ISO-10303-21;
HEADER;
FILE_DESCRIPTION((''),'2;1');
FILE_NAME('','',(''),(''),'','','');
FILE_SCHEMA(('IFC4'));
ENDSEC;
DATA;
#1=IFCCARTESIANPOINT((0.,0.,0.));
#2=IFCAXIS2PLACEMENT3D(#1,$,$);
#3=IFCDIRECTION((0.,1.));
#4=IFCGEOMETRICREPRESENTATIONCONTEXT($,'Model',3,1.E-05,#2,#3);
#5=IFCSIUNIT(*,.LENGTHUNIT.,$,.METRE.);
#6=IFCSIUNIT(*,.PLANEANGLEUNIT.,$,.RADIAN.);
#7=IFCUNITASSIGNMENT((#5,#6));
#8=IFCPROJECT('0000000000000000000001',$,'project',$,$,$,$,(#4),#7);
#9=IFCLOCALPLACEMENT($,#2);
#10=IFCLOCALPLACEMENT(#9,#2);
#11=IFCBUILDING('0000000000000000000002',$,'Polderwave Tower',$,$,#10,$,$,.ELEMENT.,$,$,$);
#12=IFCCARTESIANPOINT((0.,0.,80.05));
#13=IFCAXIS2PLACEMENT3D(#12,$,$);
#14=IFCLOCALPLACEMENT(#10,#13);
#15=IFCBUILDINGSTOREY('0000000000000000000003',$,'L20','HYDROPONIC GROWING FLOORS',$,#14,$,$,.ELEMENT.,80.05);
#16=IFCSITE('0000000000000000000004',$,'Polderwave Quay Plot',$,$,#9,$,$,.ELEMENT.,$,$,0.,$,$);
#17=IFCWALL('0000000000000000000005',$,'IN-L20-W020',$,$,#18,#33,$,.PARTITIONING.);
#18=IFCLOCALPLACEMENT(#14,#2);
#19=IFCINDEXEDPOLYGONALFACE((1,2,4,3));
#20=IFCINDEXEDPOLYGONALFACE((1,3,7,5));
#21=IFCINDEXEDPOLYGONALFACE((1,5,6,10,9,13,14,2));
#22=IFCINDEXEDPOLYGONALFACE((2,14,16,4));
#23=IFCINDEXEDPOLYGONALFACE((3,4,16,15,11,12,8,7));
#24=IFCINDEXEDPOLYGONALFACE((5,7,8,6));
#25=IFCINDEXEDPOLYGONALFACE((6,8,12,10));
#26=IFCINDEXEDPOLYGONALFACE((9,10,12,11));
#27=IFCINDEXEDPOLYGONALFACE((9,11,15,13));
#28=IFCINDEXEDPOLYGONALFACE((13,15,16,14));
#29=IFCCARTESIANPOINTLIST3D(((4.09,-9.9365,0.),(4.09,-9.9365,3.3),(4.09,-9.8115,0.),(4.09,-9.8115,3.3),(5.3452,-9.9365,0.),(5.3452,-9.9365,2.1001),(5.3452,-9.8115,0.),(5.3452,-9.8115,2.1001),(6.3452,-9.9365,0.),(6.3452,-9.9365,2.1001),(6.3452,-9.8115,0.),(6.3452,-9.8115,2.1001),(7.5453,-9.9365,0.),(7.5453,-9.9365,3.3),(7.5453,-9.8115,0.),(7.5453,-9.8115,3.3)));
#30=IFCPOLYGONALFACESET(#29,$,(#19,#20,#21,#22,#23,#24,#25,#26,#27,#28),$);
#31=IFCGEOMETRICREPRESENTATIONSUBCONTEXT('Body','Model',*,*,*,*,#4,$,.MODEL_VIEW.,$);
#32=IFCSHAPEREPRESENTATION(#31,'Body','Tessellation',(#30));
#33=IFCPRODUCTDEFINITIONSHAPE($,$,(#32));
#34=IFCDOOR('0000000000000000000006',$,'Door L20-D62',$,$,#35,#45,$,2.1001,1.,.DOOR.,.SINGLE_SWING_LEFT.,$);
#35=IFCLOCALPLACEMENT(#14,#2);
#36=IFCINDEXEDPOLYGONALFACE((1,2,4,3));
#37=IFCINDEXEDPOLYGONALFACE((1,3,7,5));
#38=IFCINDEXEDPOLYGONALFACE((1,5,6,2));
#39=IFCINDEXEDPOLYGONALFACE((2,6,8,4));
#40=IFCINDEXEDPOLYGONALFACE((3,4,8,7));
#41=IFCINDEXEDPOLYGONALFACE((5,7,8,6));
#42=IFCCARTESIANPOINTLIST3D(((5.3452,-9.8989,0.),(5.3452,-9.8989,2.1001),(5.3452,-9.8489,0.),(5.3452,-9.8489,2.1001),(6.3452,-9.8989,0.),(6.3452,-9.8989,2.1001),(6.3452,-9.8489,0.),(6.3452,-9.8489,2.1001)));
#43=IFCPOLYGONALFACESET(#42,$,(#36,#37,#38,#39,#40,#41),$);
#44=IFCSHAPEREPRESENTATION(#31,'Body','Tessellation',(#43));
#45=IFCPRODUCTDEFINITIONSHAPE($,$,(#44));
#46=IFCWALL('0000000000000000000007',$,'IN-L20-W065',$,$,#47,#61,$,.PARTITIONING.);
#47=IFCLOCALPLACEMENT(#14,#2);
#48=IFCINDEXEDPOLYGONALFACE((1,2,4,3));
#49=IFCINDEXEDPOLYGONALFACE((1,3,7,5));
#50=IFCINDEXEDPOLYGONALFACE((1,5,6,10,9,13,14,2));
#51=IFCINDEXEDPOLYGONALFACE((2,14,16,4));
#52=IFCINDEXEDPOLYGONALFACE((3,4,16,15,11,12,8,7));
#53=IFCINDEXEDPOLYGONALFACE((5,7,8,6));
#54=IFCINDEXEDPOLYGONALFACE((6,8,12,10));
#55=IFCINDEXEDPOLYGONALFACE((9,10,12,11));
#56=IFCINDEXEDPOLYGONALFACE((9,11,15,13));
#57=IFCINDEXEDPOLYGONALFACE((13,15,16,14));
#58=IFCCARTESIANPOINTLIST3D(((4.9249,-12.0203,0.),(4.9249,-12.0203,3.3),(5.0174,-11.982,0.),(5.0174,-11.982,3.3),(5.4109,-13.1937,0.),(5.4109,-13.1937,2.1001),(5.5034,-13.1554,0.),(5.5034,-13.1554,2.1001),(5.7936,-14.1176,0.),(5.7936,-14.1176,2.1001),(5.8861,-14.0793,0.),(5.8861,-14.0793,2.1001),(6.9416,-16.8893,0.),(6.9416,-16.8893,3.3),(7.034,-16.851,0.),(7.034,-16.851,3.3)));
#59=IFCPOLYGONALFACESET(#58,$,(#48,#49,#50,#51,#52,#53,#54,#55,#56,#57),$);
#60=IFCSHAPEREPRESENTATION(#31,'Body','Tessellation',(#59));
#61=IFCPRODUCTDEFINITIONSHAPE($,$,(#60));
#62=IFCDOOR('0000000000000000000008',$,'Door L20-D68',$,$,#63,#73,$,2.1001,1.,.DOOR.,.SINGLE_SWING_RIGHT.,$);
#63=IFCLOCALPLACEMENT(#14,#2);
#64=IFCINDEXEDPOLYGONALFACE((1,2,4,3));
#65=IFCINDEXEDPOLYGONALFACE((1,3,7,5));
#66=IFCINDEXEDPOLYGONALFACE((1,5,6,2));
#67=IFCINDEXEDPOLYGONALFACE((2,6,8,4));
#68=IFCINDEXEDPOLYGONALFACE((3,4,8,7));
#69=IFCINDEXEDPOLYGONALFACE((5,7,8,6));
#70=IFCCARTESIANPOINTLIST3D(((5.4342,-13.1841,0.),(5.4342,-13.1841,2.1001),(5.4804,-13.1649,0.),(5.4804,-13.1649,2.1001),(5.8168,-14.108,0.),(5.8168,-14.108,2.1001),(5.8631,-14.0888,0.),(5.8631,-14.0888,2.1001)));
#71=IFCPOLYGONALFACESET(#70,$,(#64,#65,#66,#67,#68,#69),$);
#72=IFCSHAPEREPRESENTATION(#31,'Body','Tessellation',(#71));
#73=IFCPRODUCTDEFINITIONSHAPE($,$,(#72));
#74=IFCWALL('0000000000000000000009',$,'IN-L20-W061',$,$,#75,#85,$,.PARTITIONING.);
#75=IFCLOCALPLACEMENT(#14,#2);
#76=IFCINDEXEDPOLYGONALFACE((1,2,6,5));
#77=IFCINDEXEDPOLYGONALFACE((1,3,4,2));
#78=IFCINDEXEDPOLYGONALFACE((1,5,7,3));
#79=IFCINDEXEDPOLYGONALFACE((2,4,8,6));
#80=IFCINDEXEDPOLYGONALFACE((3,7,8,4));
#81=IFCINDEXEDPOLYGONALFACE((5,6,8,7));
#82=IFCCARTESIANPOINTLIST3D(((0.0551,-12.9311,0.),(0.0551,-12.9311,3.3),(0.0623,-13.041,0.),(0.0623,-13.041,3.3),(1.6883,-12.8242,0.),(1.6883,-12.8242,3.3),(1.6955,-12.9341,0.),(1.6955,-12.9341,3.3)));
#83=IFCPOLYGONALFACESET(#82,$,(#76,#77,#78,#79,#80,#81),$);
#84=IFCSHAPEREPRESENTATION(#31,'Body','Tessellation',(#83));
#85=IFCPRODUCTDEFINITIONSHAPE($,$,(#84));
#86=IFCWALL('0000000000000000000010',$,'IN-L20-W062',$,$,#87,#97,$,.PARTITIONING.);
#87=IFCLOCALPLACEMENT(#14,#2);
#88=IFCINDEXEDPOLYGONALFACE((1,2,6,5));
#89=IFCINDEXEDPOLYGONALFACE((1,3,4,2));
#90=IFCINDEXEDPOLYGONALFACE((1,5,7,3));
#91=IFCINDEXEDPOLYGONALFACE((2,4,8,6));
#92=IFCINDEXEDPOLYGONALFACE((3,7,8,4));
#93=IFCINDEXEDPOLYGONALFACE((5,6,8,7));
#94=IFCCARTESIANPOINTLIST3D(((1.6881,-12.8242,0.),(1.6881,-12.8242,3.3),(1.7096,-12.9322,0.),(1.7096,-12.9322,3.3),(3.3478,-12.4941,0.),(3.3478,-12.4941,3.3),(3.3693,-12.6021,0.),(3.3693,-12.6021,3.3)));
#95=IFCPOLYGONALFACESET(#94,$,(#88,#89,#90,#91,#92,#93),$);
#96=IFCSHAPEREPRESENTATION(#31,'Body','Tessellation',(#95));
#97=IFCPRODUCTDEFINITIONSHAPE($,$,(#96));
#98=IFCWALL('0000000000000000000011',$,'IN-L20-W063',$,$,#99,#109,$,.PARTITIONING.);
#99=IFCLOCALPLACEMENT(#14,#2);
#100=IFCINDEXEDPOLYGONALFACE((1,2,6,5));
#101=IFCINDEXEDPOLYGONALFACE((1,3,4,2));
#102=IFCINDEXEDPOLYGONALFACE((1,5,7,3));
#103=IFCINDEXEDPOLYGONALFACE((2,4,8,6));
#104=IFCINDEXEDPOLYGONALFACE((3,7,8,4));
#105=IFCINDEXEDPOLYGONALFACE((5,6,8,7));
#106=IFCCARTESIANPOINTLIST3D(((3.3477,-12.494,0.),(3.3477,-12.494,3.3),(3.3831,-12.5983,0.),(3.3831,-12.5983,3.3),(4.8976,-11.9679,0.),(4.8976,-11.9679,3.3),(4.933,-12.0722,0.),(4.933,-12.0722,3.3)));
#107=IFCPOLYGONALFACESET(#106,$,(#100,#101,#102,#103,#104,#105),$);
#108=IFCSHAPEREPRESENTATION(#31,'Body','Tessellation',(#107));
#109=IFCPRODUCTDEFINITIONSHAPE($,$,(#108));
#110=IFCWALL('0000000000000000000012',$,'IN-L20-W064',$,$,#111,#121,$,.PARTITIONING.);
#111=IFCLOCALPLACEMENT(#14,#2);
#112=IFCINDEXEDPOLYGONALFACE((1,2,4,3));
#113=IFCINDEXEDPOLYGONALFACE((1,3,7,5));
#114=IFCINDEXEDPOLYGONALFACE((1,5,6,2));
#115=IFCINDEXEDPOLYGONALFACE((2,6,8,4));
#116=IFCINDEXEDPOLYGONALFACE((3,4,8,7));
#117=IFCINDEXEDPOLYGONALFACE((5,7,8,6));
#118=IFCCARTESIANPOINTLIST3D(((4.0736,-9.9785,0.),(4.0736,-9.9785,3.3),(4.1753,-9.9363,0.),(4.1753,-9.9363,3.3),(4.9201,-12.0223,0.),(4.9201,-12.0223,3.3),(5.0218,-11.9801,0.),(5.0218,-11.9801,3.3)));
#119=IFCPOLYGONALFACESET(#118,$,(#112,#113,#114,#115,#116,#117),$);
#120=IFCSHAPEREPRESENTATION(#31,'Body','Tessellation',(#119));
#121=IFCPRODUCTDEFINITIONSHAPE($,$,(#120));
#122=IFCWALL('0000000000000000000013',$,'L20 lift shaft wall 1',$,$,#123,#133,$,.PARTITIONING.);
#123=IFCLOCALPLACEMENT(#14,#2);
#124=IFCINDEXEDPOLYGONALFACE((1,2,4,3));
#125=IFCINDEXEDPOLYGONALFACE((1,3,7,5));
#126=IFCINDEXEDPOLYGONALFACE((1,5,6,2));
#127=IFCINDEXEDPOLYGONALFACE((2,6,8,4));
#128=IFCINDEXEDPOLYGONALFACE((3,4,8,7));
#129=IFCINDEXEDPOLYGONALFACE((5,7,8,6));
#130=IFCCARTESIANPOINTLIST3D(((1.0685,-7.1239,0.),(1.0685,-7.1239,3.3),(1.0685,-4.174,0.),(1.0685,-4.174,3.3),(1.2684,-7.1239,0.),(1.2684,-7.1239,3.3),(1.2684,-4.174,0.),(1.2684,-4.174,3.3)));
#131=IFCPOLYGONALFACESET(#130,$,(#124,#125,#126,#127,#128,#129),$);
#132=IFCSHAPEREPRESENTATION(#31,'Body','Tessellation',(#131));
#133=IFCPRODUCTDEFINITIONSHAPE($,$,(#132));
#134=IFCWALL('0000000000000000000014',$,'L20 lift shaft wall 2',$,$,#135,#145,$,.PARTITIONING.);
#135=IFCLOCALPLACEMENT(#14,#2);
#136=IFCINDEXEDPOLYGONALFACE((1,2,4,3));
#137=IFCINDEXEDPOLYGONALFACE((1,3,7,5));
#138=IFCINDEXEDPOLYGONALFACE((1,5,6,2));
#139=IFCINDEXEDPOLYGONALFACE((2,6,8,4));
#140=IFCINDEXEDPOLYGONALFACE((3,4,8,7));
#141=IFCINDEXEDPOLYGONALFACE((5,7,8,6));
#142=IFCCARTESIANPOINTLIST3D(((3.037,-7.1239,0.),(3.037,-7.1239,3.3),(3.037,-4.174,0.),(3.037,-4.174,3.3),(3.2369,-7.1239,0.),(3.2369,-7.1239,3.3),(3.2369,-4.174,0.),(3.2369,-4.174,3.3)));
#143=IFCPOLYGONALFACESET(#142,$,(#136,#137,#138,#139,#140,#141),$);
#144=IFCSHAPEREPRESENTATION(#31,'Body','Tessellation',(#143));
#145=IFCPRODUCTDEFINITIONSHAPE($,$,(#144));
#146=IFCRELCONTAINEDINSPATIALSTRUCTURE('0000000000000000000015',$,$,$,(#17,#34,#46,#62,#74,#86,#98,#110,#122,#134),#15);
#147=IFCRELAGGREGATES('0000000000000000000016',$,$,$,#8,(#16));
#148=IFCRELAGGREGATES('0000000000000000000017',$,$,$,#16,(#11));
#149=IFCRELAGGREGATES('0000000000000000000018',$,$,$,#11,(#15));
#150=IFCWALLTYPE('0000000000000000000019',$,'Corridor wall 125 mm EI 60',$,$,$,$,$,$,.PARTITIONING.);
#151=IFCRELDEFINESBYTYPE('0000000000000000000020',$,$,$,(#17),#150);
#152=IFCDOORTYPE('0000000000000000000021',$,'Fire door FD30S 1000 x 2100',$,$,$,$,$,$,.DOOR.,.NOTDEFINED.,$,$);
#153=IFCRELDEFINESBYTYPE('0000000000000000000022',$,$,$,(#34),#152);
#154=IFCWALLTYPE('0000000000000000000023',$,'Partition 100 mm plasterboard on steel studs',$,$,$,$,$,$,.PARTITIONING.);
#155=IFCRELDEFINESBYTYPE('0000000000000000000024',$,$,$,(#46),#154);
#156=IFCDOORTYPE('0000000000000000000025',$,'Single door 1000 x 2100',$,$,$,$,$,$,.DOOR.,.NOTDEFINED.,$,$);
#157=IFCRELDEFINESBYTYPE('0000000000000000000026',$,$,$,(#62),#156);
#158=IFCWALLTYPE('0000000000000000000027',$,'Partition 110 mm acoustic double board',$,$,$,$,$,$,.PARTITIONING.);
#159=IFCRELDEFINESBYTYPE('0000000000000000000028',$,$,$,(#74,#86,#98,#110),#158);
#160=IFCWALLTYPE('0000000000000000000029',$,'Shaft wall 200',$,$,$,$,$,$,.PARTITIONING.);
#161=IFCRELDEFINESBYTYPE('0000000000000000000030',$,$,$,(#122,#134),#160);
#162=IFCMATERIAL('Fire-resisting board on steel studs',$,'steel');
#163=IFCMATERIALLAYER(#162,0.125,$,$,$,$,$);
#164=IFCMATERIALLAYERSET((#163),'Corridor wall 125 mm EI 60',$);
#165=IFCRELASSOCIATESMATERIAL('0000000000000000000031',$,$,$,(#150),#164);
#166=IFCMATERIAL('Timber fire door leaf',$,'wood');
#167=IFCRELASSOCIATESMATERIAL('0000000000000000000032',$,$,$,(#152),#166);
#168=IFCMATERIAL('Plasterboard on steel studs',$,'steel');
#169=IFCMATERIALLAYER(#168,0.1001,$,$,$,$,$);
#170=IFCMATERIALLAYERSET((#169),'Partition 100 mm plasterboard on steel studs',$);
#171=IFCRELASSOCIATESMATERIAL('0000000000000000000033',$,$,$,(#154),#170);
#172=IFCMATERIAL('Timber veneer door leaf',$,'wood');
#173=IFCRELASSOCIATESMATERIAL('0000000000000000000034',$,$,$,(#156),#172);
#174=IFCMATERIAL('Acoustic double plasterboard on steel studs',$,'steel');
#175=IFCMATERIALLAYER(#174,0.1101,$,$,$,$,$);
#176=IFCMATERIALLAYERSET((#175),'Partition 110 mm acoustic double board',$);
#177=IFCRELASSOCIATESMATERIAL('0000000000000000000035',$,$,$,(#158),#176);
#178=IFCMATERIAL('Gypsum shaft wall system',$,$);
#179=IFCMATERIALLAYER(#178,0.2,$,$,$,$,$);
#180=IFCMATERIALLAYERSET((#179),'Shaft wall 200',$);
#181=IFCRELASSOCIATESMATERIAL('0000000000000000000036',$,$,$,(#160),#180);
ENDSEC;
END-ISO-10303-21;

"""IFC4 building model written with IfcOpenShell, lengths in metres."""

from ifc_helpers import new_model, si_unit, direction, frame, frame_2d, origin, place, context, subcontext, project, spatial, rectangle, extrude, material, layer, layer_set, type_object, element, fill, save


model = new_model("IFC4")

# Units and contexts
model_context = context("Model", 3, precision=1e-05, world=origin(), true_north=direction((0.0, 1.0)))
body_context = subcontext(model_context, "Body", "Model", "MODEL_VIEW")
ifc_project = project(units=[si_unit("LENGTHUNIT", "METRE"), si_unit("PLANEANGLEUNIT", "RADIAN")], contexts=[model_context])

# Site, building, storey
site_placement = place(None, origin())
site = spatial("IfcSite", under=ifc_project, at=site_placement, Name="Polderwave Quay Plot", CompositionType="ELEMENT", RefElevation=0.0)
building_placement = place(site_placement, origin())
building = spatial("IfcBuilding", under=site, at=building_placement, Name="Polderwave Tower", CompositionType="ELEMENT")
storey_placement = place(building_placement, frame((0.0, 0.0, 80.05)))
storey = spatial("IfcBuildingStorey", under=building, at=storey_placement, Name="L20", Description="HYDROPONIC GROWING FLOORS", CompositionType="ELEMENT", Elevation=80.05)

# Walls, openings, doors
ifc_material_1 = material(Name="Fire-resisting board on steel studs", Category="steel")
ifc_layer_1 = layer(ifc_material_1, 0.125)
ifc_layer_set_1 = layer_set([ifc_layer_1], Name="Corridor wall 125 mm EI 60")
wall_type_1 = type_object("IfcWallType", Name="Corridor wall 125 mm EI 60", PredefinedType="PARTITIONING", material=ifc_layer_set_1)
ifc_material_2 = material(Name="Timber fire door leaf", Category="wood")
door_type_1 = type_object("IfcDoorType", Name="Fire door FD30S 1000 x 2100", OperationType="NOTDEFINED", PredefinedType="DOOR", material=ifc_material_2)
wall_1_placement = place(storey_placement, frame((7.5452, -9.874, 0.0), z_axis=(0.0, 0.0, 1.0), x_axis=(-1.0, 0.0, 0.0)))
wall_1 = element("IfcWall", 1, at=wall_1_placement, inside=storey, type_object=wall_type_1, Name="IN-L20-W020", PredefinedType="PARTITIONING", context=body_context, shape_type="SweptSolid", body=[
    extrude(rectangle(XDim=3.4553, YDim=0.125, at=frame_2d((1.7275, 0.0))), origin(), (0.0, 0.0, 1.0), 3.3),
])
opening_1_placement = place(wall_1_placement, frame((1.2, 0.0, 0.0)))
opening_1 = element("IfcOpeningElement", 2, at=opening_1_placement, cuts=wall_1, PredefinedType="OPENING", context=body_context, shape_type="SweptSolid", body=[
    extrude(rectangle(XDim=1.0, YDim=2.1001, at=frame_2d((0.5, 1.05))), frame((0.0, 0.0725, 0.0), z_axis=(0.0, -1.0, 0.0), x_axis=(1.0, 0.0, 0.0)), (0.0, 0.0, 1.0), 0.145),
])
door_1_placement = place(opening_1_placement, origin())
door_1 = element("IfcDoor", 3, at=door_1_placement, inside=storey, type_object=door_type_1, Name="Door L20-D62", OperationType="SINGLE_SWING_LEFT", OverallHeight=2.1001, OverallWidth=1.0, PredefinedType="DOOR", context=body_context, shape_type="SweptSolid", body=[
    extrude(rectangle(XDim=1.0, YDim=2.1001, at=frame_2d((0.5, 1.05))), frame((0.0, 0.0249, 0.0), z_axis=(0.0, -1.0, 0.0), x_axis=(1.0, 0.0, 0.0)), (0.0, 0.0, 1.0), 0.05),
])
fill(opening_1, door_1)
ifc_material_3 = material(Name="Plasterboard on steel studs", Category="steel")
ifc_layer_2 = layer(ifc_material_3, 0.1001)
ifc_layer_set_2 = layer_set([ifc_layer_2], Name="Partition 100 mm plasterboard on steel studs")
wall_type_2 = type_object("IfcWallType", Name="Partition 100 mm plasterboard on steel studs", PredefinedType="PARTITIONING", material=ifc_layer_set_2)
wall_2_placement = place(storey_placement, frame((6.9878, -16.8701, 0.0), z_axis=(0.0, 0.0, 1.0), x_axis=(-0.382657, 0.92389, 0.0)))
wall_2 = element("IfcWall", 4, at=wall_2_placement, inside=storey, type_object=wall_type_2, Name="IN-L20-W065", PredefinedType="PARTITIONING", context=body_context, shape_type="SweptSolid", body=[
    extrude(rectangle(XDim=5.27, YDim=0.1001, at=frame_2d((2.635, 0.0))), origin(), (0.0, 0.0, 1.0), 3.3),
])
opening_2_placement = place(wall_2_placement, frame((3.0, 0.0, 0.0)))
opening_2 = element("IfcOpeningElement", 5, at=opening_2_placement, cuts=wall_2, PredefinedType="OPENING", context=body_context, shape_type="SweptSolid", body=[
    extrude(rectangle(XDim=1.0, YDim=2.1001, at=frame_2d((0.5, 1.05))), frame((0.0, 0.0601, 0.0), z_axis=(0.0, -1.0, 0.0), x_axis=(1.0, 0.0, 0.0)), (0.0, 0.0, 1.0), 0.1201),
])
ifc_material_4 = material(Name="Timber veneer door leaf", Category="wood")
door_type_2 = type_object("IfcDoorType", Name="Single door 1000 x 2100", OperationType="NOTDEFINED", PredefinedType="DOOR", material=ifc_material_4)
door_2_placement = place(opening_2_placement, origin())
door_2 = element("IfcDoor", 6, at=door_2_placement, inside=storey, type_object=door_type_2, Name="Door L20-D68", OperationType="SINGLE_SWING_RIGHT", OverallHeight=2.1001, OverallWidth=1.0, PredefinedType="DOOR", context=body_context, shape_type="SweptSolid", body=[
    extrude(rectangle(XDim=1.0, YDim=2.1001, at=frame_2d((0.5, 1.05))), frame((0.0, 0.0249, 0.0), z_axis=(0.0, -1.0, 0.0), x_axis=(1.0, 0.0, 0.0)), (0.0, 0.0, 1.0), 0.05),
])
fill(opening_2, door_2)

# Walls
ifc_material_5 = material(Name="Acoustic double plasterboard on steel studs", Category="steel")
ifc_layer_3 = layer(ifc_material_5, 0.1101)
ifc_layer_set_3 = layer_set([ifc_layer_3], Name="Partition 110 mm acoustic double board")
wall_type_3 = type_object("IfcWallType", Name="Partition 110 mm acoustic double board", PredefinedType="PARTITIONING", material=ifc_layer_set_3)
wall_3_placement = place(storey_placement, frame((1.6919, -12.8792, 0.0), z_axis=(0.0, 0.0, 1.0), x_axis=(-0.997864, -0.065331, 0.0)))
element("IfcWall", 7, at=wall_3_placement, inside=storey, type_object=wall_type_3, Name="IN-L20-W061", PredefinedType="PARTITIONING", context=body_context, shape_type="SweptSolid", body=[
    extrude(rectangle(XDim=1.6367, YDim=0.1101, at=frame_2d((0.8184, 0.0))), origin(), (0.0, 0.0, 1.0), 3.3),
])
wall_4_placement = place(storey_placement, frame((3.3586, -12.5481, 0.0), z_axis=(0.0, 0.0, 1.0), x_axis=(-0.980791, -0.195062, 0.0)))
element("IfcWall", 8, at=wall_4_placement, inside=storey, type_object=wall_type_3, Name="IN-L20-W062", PredefinedType="PARTITIONING", context=body_context, shape_type="SweptSolid", body=[
    extrude(rectangle(XDim=1.6921, YDim=0.1101, at=frame_2d((0.8462, 0.0))), origin(), (0.0, 0.0, 1.0), 3.3),
])
wall_5_placement = place(storey_placement, frame((4.9153, -12.02, 0.0), z_axis=(0.0, 0.0, 1.0), x_axis=(-0.946924, -0.321459, 0.0)))
element("IfcWall", 9, at=wall_5_placement, inside=storey, type_object=wall_type_3, Name="IN-L20-W063", PredefinedType="PARTITIONING", context=body_context, shape_type="SweptSolid", body=[
    extrude(rectangle(XDim=1.6367, YDim=0.1101, at=frame_2d((0.8184, 0.0))), origin(), (0.0, 0.0, 1.0), 3.3),
])
wall_6_placement = place(storey_placement, frame((4.1245, -9.9575, 0.0), z_axis=(0.0, 0.0, 1.0), x_axis=(0.382647, -0.923894, 0.0)))
element("IfcWall", 10, at=wall_6_placement, inside=storey, type_object=wall_type_3, Name="IN-L20-W064", PredefinedType="PARTITIONING", context=body_context, shape_type="SweptSolid", body=[
    extrude(rectangle(XDim=2.2122, YDim=0.1101, at=frame_2d((1.106, 0.0))), origin(), (0.0, 0.0, 1.0), 3.3),
])
ifc_material_6 = material(Name="Gypsum shaft wall system")
ifc_layer_4 = layer(ifc_material_6, 0.2)
ifc_layer_set_4 = layer_set([ifc_layer_4], Name="Shaft wall 200")
wall_type_4 = type_object("IfcWallType", Name="Shaft wall 200", PredefinedType="PARTITIONING", material=ifc_layer_set_4)
for number, where, z_axis, x_axis, name in (
    (11, (1.1685, -7.124, 0.0), (0.0, 0.0, 1.0), (0.0, 1.0, 0.0), "L20 lift shaft wall 1"),
    (12, (3.137, -7.124, 0.0), (0.0, 0.0, 1.0), (0.0, 1.0, 0.0), "L20 lift shaft wall 2"),
):
    element("IfcWall", number, at=place(storey_placement, frame(where, z_axis=z_axis, x_axis=x_axis)), inside=storey, type_object=wall_type_4, Name=name, PredefinedType="PARTITIONING", context=body_context, shape_type="SweptSolid", body=[
        extrude(rectangle(XDim=2.95, YDim=0.2, at=frame_2d((1.4751, 0.0))), origin(), (0.0, 0.0, 1.0), 3.3),
    ])

save(model, "model.ifc")
